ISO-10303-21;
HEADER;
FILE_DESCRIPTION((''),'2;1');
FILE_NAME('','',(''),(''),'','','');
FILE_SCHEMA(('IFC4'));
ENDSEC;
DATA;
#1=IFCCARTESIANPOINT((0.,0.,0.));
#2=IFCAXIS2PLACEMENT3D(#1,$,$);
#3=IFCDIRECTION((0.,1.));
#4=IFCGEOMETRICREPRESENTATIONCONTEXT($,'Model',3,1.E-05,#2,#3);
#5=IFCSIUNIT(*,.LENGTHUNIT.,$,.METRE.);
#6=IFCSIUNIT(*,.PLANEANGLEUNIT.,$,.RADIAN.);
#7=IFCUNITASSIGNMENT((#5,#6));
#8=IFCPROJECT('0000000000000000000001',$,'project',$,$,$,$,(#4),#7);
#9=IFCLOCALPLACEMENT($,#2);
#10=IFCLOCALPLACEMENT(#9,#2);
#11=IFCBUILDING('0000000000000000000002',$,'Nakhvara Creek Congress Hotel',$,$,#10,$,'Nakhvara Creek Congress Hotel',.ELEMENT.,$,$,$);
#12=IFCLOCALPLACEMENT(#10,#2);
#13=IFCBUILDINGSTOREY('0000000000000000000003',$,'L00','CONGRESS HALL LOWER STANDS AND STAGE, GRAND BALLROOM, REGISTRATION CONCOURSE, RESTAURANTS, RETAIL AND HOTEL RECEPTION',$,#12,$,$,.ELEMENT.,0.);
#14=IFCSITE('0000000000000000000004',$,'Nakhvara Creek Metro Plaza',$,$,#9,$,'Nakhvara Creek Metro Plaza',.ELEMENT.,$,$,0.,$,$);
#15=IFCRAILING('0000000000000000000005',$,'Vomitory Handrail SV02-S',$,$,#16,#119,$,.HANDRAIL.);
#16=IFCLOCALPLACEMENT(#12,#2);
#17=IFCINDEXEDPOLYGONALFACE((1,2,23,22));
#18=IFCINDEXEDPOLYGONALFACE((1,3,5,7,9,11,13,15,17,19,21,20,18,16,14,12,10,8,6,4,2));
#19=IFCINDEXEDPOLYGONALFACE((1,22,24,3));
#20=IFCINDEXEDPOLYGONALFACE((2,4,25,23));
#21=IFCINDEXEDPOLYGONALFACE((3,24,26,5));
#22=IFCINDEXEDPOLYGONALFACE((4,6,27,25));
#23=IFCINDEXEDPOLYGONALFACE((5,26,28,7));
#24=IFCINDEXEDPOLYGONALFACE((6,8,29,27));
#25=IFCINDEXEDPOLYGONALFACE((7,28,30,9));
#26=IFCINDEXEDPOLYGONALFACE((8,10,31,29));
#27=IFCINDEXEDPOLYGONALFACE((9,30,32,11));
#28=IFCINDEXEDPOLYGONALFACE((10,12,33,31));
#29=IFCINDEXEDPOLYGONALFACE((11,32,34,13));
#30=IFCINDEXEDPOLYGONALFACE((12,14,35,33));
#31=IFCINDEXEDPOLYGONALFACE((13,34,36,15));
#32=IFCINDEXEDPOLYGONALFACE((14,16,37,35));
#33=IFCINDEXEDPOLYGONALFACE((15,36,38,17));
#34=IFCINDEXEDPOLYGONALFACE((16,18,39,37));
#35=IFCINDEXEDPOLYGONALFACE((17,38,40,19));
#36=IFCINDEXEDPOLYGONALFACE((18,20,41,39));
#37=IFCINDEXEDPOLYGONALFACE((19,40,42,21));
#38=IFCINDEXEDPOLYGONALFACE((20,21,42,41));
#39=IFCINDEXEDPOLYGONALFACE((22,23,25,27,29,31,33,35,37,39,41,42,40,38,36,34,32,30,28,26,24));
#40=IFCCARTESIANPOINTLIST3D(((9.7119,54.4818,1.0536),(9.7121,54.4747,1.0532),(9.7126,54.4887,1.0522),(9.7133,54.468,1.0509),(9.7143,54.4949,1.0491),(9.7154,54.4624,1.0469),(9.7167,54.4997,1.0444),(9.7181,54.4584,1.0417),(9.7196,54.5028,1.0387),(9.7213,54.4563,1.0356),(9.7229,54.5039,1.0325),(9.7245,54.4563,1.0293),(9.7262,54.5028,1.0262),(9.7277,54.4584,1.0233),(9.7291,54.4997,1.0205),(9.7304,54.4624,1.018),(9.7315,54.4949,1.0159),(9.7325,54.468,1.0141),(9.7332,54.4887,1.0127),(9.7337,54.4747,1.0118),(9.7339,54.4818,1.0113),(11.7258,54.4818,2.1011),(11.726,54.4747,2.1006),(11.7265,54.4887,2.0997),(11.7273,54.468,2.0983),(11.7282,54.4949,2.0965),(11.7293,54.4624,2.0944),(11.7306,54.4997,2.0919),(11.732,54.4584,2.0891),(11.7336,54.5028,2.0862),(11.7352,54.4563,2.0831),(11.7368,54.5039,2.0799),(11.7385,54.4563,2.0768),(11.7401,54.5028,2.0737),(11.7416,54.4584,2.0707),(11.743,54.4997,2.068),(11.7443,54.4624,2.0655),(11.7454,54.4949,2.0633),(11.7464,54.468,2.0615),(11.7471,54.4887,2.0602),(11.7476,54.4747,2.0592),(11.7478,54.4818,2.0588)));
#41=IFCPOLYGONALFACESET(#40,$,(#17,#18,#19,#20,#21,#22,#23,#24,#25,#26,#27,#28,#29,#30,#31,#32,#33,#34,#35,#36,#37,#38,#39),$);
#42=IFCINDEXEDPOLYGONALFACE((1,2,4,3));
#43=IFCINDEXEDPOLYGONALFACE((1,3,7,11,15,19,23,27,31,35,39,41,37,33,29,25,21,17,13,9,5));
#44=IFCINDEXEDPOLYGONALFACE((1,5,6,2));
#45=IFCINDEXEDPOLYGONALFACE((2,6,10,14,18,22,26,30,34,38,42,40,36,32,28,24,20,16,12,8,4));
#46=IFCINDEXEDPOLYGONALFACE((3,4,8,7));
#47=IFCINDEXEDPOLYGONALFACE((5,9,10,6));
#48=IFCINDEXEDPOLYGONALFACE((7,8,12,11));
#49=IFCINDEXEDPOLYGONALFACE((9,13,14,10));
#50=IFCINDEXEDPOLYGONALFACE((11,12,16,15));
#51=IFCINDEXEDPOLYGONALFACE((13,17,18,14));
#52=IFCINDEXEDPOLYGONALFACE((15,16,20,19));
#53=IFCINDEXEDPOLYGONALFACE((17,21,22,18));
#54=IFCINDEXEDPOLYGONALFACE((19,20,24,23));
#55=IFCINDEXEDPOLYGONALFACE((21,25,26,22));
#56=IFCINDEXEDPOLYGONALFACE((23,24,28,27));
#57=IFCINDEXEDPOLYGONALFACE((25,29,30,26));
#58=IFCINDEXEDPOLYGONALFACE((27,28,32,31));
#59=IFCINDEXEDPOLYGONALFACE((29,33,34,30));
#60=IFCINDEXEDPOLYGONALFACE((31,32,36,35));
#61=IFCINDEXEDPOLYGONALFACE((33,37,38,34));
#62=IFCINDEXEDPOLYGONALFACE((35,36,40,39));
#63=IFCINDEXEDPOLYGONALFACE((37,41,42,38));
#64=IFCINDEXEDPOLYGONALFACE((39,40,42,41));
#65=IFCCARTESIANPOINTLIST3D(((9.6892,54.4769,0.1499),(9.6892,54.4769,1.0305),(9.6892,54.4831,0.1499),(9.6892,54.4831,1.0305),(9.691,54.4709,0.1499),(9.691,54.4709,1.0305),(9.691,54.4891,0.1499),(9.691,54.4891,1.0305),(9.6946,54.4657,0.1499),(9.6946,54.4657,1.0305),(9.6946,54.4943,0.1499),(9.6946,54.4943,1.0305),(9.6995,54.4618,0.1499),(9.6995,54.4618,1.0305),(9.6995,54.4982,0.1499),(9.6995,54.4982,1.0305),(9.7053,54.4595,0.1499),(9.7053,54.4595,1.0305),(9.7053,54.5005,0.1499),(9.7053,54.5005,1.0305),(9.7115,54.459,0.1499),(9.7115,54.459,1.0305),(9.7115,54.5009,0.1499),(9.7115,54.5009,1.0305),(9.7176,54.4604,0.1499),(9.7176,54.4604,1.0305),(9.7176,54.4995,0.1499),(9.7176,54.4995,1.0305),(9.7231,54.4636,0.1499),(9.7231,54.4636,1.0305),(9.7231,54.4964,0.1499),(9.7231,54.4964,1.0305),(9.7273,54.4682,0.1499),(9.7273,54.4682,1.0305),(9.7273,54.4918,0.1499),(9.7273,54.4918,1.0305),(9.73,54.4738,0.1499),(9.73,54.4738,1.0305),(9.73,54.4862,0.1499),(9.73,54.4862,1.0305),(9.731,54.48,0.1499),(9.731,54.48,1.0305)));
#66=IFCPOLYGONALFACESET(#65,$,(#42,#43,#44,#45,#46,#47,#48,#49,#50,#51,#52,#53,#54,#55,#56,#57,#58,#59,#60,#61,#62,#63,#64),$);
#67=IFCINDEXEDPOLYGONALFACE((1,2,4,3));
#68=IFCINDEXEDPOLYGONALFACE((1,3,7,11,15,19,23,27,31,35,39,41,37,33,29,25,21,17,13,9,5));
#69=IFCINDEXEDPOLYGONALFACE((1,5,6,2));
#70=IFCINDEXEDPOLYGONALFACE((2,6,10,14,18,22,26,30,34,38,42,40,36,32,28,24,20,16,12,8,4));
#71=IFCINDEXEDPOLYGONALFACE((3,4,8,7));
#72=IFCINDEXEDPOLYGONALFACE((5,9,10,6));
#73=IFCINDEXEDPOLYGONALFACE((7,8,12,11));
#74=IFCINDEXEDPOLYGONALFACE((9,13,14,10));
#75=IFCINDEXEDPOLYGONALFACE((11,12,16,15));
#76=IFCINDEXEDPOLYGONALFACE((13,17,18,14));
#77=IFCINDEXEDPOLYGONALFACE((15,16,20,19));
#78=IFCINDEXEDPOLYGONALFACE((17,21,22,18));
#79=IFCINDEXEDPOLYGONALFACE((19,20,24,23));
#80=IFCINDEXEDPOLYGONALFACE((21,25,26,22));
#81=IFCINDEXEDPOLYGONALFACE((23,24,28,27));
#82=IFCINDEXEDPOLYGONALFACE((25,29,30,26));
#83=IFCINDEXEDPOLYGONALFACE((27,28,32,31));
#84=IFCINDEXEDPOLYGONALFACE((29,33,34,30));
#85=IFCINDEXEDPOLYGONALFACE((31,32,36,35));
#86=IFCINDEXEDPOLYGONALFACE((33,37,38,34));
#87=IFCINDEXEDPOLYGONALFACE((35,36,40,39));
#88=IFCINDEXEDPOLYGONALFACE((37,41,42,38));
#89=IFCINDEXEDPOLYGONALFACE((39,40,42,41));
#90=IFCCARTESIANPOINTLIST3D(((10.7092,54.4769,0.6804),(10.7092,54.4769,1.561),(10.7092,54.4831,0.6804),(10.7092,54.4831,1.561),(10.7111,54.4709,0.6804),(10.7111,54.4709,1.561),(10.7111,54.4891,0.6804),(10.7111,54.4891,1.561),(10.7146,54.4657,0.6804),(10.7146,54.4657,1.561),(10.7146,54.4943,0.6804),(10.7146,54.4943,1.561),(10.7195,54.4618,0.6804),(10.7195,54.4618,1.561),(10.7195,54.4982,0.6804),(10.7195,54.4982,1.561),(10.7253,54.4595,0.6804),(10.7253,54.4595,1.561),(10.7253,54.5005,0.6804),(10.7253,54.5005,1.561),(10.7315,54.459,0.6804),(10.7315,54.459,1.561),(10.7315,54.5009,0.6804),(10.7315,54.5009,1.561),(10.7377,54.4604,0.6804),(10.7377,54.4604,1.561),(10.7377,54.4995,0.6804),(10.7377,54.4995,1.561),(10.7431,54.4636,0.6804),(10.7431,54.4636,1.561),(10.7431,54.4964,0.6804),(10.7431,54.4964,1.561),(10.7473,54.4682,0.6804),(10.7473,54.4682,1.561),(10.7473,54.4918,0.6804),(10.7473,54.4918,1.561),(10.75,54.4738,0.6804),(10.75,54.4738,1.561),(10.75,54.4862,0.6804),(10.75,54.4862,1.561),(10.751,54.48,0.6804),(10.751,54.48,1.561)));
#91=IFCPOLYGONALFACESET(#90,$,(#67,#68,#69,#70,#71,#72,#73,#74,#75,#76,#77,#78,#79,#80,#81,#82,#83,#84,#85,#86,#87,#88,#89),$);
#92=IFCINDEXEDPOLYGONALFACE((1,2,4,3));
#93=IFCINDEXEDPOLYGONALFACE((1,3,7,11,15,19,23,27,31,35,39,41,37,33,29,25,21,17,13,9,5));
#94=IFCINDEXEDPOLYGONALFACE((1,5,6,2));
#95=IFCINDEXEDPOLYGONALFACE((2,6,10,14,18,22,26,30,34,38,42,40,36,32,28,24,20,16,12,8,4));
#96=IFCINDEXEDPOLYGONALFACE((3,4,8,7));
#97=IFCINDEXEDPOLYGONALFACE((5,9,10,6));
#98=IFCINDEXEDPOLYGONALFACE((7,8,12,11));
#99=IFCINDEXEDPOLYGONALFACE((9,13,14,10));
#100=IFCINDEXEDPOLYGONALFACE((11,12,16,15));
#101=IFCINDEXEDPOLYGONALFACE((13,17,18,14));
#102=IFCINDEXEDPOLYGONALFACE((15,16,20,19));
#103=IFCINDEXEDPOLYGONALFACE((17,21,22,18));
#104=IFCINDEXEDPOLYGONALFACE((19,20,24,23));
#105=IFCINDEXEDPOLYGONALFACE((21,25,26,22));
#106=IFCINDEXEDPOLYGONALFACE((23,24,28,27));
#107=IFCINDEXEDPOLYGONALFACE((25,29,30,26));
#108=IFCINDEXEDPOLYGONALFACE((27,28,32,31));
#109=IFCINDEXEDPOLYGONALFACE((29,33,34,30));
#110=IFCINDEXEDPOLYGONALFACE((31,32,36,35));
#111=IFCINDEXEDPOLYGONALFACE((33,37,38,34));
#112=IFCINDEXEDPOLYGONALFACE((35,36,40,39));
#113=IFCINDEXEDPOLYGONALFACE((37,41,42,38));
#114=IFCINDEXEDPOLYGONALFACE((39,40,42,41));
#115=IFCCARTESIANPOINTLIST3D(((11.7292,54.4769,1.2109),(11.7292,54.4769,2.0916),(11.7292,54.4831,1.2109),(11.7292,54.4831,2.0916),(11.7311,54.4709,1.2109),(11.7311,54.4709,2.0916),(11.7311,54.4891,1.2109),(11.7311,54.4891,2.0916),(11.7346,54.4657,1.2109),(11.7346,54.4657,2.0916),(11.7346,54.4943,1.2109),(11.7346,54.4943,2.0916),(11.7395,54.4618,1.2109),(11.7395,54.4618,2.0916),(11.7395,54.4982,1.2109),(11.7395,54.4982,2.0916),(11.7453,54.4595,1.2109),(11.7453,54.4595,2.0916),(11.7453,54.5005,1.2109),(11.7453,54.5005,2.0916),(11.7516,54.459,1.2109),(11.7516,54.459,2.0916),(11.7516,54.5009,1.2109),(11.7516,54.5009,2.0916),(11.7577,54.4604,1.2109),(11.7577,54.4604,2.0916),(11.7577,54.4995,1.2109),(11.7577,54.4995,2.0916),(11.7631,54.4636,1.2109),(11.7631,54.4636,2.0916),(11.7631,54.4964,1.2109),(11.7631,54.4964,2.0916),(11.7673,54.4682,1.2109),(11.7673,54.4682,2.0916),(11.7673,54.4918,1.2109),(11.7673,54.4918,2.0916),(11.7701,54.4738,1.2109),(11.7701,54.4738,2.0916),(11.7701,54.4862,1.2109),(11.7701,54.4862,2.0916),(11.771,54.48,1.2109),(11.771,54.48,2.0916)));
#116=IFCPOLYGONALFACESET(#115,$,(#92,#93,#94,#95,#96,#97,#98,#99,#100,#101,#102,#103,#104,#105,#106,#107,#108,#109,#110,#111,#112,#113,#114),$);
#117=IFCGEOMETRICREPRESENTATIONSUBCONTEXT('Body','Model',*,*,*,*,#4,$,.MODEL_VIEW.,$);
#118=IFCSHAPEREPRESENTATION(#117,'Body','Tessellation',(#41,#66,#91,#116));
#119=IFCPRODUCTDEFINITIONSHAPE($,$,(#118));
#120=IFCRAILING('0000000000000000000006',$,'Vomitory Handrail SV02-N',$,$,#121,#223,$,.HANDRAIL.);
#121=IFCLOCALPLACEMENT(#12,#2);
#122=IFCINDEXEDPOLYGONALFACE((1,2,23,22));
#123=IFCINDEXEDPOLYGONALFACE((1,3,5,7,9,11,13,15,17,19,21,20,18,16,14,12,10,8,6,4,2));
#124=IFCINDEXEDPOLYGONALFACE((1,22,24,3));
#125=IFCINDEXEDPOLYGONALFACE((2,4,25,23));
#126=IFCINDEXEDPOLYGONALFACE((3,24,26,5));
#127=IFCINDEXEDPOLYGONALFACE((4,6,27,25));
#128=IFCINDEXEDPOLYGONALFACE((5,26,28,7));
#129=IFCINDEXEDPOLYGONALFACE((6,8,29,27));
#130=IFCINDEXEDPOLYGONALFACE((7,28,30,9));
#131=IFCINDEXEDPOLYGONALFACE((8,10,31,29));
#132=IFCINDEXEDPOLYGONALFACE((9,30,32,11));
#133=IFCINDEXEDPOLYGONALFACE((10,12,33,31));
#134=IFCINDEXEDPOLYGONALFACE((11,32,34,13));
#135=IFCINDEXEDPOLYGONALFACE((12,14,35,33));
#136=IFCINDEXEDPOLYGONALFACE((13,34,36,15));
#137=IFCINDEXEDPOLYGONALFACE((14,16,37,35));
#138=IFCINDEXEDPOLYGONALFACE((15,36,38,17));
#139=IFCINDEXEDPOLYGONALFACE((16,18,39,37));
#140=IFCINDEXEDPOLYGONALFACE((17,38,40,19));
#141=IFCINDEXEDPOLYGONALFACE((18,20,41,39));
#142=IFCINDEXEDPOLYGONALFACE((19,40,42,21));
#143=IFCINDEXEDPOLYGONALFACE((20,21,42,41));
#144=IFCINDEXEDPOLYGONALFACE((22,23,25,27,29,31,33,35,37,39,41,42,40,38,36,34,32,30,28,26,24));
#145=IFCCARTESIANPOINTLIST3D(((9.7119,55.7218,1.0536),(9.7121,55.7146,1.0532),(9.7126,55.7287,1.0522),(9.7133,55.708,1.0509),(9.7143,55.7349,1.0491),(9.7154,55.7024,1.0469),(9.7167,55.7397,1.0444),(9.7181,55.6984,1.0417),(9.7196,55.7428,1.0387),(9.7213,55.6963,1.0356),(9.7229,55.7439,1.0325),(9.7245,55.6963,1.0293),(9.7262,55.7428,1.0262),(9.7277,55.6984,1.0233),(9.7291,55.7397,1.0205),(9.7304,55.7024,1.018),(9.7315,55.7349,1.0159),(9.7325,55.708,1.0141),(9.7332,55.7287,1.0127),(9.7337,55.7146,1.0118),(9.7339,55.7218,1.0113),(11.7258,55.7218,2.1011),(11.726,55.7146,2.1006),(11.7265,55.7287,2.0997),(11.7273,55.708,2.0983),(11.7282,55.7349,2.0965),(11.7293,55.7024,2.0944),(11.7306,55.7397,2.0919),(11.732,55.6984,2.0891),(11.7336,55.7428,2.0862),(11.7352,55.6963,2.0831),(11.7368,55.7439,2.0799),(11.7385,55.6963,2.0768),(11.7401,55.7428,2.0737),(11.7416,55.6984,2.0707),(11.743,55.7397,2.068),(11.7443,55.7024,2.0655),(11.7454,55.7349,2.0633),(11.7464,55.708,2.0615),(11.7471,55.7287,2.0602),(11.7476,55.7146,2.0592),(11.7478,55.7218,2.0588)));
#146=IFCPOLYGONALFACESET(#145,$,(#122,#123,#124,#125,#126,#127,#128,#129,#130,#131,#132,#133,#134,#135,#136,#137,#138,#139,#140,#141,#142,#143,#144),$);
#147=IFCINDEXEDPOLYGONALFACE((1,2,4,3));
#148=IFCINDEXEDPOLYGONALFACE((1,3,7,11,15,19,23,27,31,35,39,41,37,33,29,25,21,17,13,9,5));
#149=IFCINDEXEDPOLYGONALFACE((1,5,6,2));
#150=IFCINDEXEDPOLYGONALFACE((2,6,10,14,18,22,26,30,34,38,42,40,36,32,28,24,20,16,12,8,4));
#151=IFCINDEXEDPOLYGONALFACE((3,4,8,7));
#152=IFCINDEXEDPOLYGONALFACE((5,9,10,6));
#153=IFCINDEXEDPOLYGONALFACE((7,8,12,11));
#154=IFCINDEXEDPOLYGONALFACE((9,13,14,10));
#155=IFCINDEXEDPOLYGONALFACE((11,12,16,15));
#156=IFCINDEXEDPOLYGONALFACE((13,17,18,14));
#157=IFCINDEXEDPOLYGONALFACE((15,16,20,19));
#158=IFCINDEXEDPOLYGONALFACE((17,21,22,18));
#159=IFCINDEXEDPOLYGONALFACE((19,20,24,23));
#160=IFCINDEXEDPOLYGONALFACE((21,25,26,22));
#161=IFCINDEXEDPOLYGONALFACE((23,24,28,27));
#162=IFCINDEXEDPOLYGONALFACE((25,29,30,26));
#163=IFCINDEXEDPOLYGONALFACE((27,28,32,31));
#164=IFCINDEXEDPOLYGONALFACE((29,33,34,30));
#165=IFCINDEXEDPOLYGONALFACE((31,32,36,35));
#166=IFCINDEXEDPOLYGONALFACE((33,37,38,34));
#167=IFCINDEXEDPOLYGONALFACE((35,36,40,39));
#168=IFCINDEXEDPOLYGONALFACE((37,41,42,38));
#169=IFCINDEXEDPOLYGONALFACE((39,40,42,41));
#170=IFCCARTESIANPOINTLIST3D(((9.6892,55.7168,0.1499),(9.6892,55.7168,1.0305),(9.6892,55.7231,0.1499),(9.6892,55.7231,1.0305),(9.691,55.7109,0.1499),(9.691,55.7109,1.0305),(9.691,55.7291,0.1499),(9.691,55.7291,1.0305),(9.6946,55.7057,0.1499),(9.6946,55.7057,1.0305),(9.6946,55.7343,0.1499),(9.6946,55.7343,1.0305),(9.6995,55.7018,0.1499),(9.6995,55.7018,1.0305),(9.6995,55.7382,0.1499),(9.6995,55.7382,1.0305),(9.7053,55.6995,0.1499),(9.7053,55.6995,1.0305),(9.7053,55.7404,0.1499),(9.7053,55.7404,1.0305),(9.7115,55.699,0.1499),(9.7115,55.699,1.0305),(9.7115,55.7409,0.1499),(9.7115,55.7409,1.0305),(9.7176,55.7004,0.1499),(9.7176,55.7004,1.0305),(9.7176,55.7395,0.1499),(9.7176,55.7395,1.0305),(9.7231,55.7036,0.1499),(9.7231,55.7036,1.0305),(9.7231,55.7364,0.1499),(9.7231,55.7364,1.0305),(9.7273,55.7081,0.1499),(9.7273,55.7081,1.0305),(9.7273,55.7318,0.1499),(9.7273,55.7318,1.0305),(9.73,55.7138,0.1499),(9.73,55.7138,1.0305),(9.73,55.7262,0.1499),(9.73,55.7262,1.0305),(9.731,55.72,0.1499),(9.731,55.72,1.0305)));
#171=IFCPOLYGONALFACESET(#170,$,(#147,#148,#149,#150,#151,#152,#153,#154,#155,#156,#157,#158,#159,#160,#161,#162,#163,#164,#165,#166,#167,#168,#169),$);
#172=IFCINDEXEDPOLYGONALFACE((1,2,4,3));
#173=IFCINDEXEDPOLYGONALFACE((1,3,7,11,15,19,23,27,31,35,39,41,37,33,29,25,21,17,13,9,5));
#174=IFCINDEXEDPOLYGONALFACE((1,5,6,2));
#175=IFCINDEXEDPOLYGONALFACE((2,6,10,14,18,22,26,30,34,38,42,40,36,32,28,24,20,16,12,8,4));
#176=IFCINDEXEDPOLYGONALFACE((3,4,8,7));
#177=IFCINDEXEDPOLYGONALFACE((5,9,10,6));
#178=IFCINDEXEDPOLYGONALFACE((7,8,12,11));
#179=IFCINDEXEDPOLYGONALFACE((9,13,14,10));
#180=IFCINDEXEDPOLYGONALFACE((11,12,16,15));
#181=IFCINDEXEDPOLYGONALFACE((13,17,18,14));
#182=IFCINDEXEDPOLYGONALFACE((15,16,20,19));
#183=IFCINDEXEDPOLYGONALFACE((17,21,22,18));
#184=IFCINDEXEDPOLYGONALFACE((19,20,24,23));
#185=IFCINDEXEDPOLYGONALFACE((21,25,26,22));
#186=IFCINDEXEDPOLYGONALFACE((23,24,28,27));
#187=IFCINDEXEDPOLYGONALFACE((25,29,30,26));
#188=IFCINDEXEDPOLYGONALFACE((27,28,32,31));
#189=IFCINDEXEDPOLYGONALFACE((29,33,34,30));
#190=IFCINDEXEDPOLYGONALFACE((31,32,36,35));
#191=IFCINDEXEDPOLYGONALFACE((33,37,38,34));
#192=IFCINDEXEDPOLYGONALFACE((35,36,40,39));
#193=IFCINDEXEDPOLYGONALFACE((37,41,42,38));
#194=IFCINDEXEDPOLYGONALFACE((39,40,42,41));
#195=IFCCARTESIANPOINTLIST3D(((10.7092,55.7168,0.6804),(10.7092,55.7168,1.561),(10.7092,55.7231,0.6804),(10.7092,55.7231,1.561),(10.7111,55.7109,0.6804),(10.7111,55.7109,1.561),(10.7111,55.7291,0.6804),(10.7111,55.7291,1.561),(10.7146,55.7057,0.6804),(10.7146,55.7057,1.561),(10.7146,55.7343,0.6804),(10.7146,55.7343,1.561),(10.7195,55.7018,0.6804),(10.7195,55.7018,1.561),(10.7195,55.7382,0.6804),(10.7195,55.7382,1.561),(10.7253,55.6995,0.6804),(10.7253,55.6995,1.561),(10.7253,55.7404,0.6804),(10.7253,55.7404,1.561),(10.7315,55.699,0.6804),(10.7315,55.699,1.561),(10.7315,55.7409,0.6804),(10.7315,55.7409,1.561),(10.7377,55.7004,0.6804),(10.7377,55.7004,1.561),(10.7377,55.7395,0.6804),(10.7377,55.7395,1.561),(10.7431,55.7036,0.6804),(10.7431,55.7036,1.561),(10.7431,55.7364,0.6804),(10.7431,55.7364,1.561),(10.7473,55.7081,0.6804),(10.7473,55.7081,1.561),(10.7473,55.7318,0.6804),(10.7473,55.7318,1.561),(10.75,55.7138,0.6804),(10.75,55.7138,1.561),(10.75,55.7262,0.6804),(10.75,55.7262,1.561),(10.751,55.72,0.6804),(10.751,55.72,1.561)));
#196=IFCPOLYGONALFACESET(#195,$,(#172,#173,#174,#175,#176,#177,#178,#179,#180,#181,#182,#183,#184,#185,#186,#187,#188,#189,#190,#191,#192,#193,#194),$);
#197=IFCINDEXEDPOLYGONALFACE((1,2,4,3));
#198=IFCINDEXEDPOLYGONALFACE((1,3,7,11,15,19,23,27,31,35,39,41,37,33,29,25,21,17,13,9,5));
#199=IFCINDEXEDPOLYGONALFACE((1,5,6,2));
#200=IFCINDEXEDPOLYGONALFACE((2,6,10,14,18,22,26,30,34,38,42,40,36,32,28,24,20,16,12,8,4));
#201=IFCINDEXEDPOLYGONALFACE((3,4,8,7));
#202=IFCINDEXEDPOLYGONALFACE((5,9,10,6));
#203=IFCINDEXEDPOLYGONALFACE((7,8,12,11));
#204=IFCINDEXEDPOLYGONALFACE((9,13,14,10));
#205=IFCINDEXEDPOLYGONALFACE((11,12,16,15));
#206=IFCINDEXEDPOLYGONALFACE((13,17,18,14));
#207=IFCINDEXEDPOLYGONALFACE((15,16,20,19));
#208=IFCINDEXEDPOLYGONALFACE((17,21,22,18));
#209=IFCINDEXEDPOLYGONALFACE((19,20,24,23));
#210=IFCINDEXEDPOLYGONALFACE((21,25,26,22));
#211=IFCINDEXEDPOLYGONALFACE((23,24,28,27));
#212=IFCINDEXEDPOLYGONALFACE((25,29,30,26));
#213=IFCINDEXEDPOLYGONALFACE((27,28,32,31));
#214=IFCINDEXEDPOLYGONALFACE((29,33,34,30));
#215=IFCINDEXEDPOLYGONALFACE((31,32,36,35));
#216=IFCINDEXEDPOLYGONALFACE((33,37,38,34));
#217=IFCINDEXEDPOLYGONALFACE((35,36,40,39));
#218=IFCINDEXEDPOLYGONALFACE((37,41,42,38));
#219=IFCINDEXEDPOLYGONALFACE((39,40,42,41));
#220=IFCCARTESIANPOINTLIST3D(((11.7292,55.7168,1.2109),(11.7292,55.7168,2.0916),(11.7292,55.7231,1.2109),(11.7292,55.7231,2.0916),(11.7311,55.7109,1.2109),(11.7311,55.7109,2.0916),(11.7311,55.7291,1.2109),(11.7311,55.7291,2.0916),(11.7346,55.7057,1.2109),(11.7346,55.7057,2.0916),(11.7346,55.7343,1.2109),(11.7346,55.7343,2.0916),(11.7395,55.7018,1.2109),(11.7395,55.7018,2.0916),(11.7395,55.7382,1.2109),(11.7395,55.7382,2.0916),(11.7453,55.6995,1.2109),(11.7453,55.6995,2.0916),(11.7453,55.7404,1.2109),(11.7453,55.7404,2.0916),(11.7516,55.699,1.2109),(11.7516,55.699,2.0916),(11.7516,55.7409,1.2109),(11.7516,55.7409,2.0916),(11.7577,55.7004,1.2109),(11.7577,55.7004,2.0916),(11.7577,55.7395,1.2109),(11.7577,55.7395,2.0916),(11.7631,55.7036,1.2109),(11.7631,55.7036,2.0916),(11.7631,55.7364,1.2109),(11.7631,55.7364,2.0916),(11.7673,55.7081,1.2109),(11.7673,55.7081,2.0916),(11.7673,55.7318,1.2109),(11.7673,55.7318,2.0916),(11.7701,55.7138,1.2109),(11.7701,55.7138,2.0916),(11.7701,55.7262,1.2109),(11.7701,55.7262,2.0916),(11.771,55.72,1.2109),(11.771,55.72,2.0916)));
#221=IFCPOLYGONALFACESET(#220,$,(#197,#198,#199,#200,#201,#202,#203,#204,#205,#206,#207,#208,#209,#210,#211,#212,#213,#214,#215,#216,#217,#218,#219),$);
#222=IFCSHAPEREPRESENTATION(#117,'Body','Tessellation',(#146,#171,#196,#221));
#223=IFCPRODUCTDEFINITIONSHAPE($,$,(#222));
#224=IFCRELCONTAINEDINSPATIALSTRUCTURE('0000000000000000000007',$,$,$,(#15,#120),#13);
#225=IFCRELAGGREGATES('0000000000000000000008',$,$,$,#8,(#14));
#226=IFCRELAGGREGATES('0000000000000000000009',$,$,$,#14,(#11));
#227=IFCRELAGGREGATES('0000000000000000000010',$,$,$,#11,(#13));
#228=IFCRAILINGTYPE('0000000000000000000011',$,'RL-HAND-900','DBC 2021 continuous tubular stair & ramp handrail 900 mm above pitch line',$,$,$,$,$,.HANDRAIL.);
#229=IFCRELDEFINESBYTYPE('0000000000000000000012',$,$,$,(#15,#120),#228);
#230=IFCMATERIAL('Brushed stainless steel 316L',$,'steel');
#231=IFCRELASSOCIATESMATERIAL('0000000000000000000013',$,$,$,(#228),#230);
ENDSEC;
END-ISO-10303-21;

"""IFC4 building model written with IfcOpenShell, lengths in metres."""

from ifc_helpers import new_model, si_unit, direction, frame, origin, origin_2d, place, context, subcontext, project, spatial, circle, extrude, material, type_object, element, save


model = new_model("IFC4")

# Units and contexts
model_context = context("Model", 3, precision=1e-05, world=origin(), true_north=direction((0.0, 1.0)))
body_context = subcontext(model_context, "Body", "Model", "MODEL_VIEW")
ifc_project = project(units=[si_unit("LENGTHUNIT", "METRE"), si_unit("PLANEANGLEUNIT", "RADIAN")], contexts=[model_context])

# Site, building, storey
site_placement = place(None, origin())
site = spatial("IfcSite", under=ifc_project, at=site_placement, Name="Nakhvara Creek Metro Plaza", LongName="Nakhvara Creek Metro Plaza", CompositionType="ELEMENT", RefElevation=0.0)
building_placement = place(site_placement, origin())
building = spatial("IfcBuilding", under=site, at=building_placement, Name="Nakhvara Creek Congress Hotel", LongName="Nakhvara Creek Congress Hotel", CompositionType="ELEMENT")
storey_placement = place(building_placement, origin())
storey = spatial("IfcBuildingStorey", under=building, at=storey_placement, Name="L00", Description="CONGRESS HALL LOWER STANDS AND STAGE, GRAND BALLROOM, REGISTRATION CONCOURSE, RESTAURANTS, RETAIL AND HOTEL RECEPTION", CompositionType="ELEMENT", Elevation=0.0)

# Railings
ifc_material_1 = material(Name="Brushed stainless steel 316L", Category="steel")
railing_type_1 = type_object("IfcRailingType", Name="RL-HAND-900", Description="DBC 2021 continuous tubular stair & ramp handrail 900 mm above pitch line", PredefinedType="HANDRAIL", material=ifc_material_1)
for number, where, name in (
    (1, (9.71, 54.48, 0.1499), "Vomitory Handrail SV02-S"),
    (2, (9.71, 55.72, 0.1499), "Vomitory Handrail SV02-N"),
):
    element("IfcRailing", number, at=place(storey_placement, frame(where)), inside=storey, type_object=railing_type_1, Name=name, PredefinedType="HANDRAIL", context=body_context, shape_type="SweptSolid", body=[
        extrude(circle(Radius=0.0239, at=origin_2d()), frame((0.0129, 0.0, 0.8826), z_axis=(0.887179, 0.0, 0.461426), x_axis=(0.0, 1.0, 0.0)), (0.0, 0.0, 1.0), 2.27),
        extrude(circle(Radius=0.021, at=origin_2d()), origin(), (0.0, 0.0, 1.0), 0.8806),
        extrude(circle(Radius=0.021, at=origin_2d()), frame((1.02, 0.0, 0.5305)), (0.0, 0.0, 1.0), 0.8806),
        extrude(circle(Radius=0.021, at=origin_2d()), frame((2.04, 0.0, 1.061)), (0.0, 0.0, 1.0), 0.8806),
    ])

save(model, "model.ifc")
